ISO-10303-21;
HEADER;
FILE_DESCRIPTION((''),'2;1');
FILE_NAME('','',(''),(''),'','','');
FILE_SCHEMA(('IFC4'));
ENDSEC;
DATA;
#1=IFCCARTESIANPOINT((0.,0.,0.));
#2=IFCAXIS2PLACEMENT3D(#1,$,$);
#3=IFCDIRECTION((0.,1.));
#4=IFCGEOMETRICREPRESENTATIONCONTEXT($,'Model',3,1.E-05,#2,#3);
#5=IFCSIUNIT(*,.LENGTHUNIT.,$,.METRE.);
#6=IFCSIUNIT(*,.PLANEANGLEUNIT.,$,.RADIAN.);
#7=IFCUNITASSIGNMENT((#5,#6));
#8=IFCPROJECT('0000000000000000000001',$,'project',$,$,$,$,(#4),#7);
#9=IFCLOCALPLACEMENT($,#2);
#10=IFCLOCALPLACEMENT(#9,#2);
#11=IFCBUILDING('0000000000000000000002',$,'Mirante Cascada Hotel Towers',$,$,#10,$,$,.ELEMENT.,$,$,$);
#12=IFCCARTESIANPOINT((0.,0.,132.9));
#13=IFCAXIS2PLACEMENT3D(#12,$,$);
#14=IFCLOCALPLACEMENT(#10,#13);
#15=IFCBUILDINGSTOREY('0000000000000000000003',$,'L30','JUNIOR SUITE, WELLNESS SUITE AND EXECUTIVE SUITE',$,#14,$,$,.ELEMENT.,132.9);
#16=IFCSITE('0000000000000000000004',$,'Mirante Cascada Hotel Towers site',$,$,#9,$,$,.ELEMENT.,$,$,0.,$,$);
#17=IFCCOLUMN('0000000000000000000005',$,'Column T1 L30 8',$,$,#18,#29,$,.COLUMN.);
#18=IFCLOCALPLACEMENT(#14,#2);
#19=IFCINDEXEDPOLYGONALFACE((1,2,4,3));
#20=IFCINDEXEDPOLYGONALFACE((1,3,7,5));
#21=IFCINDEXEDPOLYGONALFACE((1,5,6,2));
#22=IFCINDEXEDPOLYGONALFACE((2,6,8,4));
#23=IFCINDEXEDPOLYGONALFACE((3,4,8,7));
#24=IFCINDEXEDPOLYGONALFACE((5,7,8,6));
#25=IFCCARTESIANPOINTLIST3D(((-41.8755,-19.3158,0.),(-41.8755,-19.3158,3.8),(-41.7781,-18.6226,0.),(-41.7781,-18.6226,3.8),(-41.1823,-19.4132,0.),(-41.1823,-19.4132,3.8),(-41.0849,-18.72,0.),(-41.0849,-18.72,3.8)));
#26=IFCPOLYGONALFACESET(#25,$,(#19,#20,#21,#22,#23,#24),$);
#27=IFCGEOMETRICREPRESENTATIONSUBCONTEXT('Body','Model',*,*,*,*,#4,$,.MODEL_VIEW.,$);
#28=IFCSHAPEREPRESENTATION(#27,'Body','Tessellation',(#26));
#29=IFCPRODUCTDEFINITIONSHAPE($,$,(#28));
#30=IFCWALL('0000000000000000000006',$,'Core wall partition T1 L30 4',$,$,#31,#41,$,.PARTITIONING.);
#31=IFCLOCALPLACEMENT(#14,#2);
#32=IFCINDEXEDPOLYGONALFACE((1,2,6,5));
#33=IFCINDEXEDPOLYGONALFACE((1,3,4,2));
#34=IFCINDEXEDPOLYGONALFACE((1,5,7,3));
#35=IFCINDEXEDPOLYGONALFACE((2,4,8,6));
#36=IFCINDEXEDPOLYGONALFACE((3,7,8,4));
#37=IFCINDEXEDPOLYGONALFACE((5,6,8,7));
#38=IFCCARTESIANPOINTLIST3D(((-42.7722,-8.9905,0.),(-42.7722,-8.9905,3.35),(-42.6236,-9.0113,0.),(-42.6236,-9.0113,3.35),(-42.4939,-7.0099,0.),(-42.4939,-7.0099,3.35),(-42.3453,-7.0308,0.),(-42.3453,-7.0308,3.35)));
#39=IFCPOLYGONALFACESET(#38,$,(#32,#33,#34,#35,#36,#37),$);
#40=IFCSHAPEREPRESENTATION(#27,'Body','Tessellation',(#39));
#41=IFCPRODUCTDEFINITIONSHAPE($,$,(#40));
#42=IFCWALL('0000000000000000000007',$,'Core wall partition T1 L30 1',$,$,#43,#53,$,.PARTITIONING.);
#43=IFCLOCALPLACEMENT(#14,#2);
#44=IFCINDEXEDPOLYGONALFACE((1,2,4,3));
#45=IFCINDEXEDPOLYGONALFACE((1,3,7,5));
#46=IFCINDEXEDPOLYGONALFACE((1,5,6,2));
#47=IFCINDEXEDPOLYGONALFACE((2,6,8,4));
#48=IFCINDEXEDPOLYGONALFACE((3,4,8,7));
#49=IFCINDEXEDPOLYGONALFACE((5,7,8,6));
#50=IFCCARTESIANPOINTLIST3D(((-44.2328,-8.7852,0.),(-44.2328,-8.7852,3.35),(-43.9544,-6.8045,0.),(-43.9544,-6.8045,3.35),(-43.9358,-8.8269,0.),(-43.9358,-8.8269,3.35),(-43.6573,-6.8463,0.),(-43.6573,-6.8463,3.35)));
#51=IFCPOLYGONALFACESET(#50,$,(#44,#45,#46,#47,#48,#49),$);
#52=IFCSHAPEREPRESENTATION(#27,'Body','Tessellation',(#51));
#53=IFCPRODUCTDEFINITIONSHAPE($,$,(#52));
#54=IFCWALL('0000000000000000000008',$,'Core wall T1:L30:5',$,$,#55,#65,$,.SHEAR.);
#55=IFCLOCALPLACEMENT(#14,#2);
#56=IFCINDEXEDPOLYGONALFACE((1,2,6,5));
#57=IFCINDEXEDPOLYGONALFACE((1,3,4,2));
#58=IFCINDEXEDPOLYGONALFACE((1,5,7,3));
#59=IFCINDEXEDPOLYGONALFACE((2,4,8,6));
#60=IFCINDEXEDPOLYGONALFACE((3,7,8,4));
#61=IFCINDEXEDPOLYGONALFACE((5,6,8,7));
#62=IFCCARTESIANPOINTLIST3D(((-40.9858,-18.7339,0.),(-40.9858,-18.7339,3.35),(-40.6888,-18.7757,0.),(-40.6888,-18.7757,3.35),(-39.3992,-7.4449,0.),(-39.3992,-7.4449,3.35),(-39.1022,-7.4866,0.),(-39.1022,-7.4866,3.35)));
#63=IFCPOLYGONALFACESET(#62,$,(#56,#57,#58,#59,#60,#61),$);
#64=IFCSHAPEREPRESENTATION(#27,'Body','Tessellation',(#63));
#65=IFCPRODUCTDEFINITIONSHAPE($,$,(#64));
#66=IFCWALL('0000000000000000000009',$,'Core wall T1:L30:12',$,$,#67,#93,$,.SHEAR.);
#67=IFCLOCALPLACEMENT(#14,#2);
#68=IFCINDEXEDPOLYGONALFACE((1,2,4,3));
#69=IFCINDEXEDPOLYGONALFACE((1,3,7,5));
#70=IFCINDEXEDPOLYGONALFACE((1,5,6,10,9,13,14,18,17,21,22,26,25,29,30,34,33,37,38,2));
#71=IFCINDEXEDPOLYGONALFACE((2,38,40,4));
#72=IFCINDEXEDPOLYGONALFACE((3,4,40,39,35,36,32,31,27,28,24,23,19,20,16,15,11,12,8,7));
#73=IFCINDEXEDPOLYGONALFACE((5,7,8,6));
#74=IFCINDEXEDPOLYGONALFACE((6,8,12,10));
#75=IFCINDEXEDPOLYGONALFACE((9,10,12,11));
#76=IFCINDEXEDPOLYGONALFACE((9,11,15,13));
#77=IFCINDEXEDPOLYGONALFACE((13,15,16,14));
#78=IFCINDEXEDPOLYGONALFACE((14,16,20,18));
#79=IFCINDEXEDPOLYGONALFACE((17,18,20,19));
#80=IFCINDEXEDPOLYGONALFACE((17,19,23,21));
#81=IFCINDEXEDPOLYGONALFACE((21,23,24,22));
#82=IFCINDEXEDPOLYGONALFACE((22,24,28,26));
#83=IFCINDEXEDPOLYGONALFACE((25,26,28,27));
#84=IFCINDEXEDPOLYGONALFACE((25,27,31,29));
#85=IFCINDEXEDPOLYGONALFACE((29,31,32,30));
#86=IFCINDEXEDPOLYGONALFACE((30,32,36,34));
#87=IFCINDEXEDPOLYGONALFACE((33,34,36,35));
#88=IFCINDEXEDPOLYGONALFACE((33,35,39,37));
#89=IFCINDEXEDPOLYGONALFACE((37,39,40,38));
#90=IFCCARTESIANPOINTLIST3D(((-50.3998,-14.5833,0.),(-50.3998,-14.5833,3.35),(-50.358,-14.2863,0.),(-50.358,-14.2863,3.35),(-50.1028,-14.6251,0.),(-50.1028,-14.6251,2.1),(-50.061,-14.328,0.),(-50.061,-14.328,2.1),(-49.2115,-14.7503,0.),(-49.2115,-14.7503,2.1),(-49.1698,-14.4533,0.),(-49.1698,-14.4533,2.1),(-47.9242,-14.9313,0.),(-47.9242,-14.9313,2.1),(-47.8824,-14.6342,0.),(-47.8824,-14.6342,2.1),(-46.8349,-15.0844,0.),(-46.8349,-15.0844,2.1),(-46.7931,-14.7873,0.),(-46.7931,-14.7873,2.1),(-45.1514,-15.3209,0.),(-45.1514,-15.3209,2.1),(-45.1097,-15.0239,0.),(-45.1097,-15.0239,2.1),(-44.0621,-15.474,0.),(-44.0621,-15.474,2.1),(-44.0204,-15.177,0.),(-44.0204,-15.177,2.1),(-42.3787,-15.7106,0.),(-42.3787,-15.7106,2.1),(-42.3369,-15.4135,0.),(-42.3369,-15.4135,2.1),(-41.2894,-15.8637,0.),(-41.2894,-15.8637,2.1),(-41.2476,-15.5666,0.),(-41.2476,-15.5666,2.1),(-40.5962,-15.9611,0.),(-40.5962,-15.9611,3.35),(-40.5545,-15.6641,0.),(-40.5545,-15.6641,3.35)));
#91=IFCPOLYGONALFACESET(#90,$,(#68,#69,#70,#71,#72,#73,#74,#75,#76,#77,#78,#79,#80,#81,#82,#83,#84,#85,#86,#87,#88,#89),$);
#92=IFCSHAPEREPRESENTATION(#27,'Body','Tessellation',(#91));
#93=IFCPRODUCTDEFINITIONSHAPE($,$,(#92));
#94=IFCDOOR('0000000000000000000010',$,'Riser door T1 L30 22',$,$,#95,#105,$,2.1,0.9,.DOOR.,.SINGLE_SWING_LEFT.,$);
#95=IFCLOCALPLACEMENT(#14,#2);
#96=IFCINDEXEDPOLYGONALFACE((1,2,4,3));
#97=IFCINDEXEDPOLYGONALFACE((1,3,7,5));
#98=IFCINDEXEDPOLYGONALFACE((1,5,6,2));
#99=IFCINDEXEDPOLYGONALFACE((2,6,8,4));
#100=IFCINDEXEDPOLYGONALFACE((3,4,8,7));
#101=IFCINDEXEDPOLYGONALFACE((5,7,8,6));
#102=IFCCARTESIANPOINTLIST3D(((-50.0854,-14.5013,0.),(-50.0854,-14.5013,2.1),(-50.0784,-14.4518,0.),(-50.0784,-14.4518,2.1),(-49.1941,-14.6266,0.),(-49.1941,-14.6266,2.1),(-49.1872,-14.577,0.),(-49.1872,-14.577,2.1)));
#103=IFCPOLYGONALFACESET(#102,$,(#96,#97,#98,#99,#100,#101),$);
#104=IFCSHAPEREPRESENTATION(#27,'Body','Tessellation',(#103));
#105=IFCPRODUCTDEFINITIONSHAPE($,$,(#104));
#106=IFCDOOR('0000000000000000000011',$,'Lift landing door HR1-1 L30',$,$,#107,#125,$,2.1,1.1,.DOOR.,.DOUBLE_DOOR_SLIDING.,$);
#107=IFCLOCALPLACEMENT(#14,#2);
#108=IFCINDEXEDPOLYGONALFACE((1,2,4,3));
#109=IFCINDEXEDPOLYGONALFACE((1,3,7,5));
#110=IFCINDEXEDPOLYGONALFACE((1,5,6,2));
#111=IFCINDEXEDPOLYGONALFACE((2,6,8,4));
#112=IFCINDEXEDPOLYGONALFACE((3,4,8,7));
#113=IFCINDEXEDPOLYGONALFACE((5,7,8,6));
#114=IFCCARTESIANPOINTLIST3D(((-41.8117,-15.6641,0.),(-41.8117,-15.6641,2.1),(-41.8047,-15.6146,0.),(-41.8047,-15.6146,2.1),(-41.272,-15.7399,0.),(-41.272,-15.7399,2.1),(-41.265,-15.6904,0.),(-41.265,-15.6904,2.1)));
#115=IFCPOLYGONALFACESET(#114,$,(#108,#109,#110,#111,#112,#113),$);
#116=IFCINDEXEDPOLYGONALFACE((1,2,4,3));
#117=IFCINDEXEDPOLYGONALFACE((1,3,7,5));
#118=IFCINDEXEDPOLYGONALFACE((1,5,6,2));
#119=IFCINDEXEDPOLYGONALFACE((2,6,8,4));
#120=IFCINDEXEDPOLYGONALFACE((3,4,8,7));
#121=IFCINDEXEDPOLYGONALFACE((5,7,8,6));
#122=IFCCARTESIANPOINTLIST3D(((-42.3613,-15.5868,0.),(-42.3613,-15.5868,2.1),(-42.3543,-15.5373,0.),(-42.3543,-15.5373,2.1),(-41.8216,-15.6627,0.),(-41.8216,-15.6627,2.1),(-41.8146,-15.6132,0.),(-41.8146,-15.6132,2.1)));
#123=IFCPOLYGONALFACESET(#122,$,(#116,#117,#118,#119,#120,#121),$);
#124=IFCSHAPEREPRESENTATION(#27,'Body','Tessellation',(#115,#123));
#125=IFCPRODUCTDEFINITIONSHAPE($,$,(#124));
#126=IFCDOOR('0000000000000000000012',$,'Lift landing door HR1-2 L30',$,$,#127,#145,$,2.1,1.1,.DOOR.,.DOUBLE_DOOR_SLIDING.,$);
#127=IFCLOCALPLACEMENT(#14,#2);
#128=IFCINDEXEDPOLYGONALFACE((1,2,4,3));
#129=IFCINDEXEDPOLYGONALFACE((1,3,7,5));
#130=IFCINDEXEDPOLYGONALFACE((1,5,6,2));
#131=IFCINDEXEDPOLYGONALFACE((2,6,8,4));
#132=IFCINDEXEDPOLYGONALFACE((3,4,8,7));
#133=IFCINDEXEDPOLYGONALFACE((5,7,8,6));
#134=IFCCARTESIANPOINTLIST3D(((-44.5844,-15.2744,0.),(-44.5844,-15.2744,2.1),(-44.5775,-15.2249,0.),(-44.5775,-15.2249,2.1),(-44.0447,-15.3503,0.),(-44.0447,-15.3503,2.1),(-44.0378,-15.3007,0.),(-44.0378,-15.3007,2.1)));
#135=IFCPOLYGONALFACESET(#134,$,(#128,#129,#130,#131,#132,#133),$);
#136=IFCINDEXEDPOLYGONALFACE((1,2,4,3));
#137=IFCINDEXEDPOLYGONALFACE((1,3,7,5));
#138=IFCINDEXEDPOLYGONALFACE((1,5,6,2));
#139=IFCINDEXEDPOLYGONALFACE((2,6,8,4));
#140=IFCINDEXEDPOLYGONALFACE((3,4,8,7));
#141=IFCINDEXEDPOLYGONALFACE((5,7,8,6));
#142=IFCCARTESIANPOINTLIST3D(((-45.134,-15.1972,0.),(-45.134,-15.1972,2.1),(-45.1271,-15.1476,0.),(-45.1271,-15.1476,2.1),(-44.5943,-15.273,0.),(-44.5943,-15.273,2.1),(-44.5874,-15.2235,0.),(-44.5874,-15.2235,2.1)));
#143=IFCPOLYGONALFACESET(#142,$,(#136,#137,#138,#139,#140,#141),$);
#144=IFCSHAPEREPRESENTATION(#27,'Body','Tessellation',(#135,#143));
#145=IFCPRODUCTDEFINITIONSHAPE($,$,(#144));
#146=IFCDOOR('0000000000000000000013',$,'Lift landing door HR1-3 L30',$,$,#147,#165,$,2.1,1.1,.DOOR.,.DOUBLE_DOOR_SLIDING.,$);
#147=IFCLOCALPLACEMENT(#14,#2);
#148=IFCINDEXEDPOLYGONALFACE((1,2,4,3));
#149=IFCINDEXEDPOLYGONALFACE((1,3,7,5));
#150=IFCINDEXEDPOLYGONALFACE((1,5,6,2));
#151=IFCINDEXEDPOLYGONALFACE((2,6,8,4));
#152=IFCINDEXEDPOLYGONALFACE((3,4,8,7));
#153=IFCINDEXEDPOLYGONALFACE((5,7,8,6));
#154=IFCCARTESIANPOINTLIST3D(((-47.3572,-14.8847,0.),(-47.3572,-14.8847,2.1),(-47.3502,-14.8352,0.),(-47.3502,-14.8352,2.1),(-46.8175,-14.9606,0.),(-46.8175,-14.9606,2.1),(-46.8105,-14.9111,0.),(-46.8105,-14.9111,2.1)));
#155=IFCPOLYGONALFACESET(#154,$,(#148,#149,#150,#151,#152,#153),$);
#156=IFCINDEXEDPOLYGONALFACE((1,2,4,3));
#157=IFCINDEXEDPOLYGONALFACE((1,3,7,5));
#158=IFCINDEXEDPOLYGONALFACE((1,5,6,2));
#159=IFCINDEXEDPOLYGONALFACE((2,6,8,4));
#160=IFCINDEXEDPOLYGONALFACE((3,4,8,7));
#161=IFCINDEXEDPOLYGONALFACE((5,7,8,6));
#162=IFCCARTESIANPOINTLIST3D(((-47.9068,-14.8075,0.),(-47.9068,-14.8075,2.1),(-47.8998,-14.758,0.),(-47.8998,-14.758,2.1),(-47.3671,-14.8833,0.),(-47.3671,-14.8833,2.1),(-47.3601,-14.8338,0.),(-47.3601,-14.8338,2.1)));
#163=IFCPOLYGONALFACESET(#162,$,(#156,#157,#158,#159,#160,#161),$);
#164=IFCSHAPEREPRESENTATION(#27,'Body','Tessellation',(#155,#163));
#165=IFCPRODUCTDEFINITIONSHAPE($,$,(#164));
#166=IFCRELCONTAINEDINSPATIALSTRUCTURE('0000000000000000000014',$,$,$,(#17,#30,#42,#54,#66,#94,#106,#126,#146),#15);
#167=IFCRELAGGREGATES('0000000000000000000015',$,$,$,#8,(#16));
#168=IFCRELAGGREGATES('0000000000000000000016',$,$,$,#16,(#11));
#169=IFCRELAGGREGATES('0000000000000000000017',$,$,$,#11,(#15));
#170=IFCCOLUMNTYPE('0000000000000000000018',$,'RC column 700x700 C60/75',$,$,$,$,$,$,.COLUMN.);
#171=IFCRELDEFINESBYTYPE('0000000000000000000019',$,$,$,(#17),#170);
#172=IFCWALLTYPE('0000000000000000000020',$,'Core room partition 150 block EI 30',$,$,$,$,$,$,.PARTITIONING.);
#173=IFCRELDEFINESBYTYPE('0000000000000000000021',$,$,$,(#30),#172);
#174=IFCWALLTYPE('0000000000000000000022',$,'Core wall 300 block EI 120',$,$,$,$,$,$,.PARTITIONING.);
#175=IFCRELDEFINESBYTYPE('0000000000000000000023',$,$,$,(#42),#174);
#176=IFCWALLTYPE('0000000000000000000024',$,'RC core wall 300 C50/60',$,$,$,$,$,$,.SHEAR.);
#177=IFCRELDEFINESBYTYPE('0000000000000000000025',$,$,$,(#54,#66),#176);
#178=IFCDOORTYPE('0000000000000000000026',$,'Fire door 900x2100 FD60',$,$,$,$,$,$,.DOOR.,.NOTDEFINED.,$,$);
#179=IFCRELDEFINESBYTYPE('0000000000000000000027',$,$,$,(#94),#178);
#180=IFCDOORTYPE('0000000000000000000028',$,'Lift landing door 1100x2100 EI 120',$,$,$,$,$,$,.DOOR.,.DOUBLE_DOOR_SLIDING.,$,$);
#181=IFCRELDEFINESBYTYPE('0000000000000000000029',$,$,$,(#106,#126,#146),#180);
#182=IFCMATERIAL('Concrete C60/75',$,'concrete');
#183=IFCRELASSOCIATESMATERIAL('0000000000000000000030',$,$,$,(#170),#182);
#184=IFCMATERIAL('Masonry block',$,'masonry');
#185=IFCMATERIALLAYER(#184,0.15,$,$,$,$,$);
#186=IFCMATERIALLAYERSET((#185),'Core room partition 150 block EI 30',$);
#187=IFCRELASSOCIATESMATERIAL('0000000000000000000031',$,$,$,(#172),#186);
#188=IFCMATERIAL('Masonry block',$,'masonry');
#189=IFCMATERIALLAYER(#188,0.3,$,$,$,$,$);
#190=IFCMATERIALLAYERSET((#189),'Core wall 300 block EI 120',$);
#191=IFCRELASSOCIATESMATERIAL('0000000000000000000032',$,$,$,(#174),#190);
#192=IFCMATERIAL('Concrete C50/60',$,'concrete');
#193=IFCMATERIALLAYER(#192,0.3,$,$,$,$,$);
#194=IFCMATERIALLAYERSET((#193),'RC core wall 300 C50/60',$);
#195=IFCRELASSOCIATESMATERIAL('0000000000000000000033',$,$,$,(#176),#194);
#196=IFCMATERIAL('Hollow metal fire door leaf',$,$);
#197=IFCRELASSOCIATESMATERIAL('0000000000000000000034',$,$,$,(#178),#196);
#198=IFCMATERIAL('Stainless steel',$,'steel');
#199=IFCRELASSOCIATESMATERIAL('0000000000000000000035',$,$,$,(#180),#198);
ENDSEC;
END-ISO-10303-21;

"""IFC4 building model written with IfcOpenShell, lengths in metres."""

from ifc_helpers import new_model, si_unit, direction, frame, frame_2d, origin, origin_2d, place, context, subcontext, project, spatial, rectangle, extrude, material, layer, layer_set, material_profile, profile_set, type_object, element, fill, save


model = new_model("IFC4")

# Units and contexts
model_context = context("Model", 3, precision=1e-05, world=origin(), true_north=direction((0.0, 1.0)))
body_context = subcontext(model_context, "Body", "Model", "MODEL_VIEW")
ifc_project = project(units=[si_unit("LENGTHUNIT", "METRE"), si_unit("PLANEANGLEUNIT", "RADIAN")], contexts=[model_context])

# Site, building, storey
site_placement = place(None, origin())
site = spatial("IfcSite", under=ifc_project, at=site_placement, Name="Mirante Cascada Hotel Towers site", CompositionType="ELEMENT", RefElevation=0.0)
building_placement = place(site_placement, origin())
building = spatial("IfcBuilding", under=site, at=building_placement, Name="Mirante Cascada Hotel Towers", CompositionType="ELEMENT")
storey_placement = place(building_placement, frame((0.0, 0.0, 132.9)))
storey = spatial("IfcBuildingStorey", under=building, at=storey_placement, Name="L30", Description="JUNIOR SUITE, WELLNESS SUITE AND EXECUTIVE SUITE", CompositionType="ELEMENT", Elevation=132.9)

# Column
ifc_material_1 = material(Name="Concrete C60/75", Category="concrete")
ifc_material_profile = material_profile(ifc_material_1, rectangle(XDim=0.7, YDim=0.7, at=origin_2d()), Name="RC column 700x700 C60/75")
ifc_profile_set = profile_set([ifc_material_profile], Name="Concrete C60/75")
column_type = type_object("IfcColumnType", Name="RC column 700x700 C60/75", PredefinedType="COLUMN", material=ifc_profile_set)
column_placement = place(storey_placement, frame((-41.4802, -19.0179, 0.0), z_axis=(0.0, 0.0, 1.0), x_axis=(-0.990268, 0.139173, 0.0)))
element("IfcColumn", 1, at=column_placement, inside=storey, type_object=column_type, Name="Column T1 L30 8", PredefinedType="COLUMN", context=body_context, shape_type="SweptSolid", body=[
    extrude(rectangle(XDim=0.7, YDim=0.7, at=origin_2d()), origin(), (0.0, 0.0, 1.0), 3.8),
])

# Walls
ifc_material_2 = material(Name="Masonry block", Category="masonry")
ifc_layer_1 = layer(ifc_material_2, 0.15)
ifc_layer_set_1 = layer_set([ifc_layer_1], Name="Core room partition 150 block EI 30")
wall_type_1 = type_object("IfcWallType", Name="Core room partition 150 block EI 30", PredefinedType="PARTITIONING", material=ifc_layer_set_1)
wall_1_placement = place(storey_placement, frame((-42.6979, -9.0009, 0.0), z_axis=(0.0, 0.0, 1.0), x_axis=(0.139153, 0.990271, 0.0)))
element("IfcWall", 2, at=wall_1_placement, inside=storey, type_object=wall_type_1, Name="Core wall partition T1 L30 4", PredefinedType="PARTITIONING", context=body_context, shape_type="SweptSolid", body=[
    extrude(rectangle(XDim=2.0, YDim=0.15, at=frame_2d((1.0, 0.0))), origin(), (0.0, 0.0, 1.0), 3.35),
])
ifc_material_3 = material(Name="Masonry block", Category="masonry")
ifc_layer_2 = layer(ifc_material_3, 0.3)
ifc_layer_set_2 = layer_set([ifc_layer_2], Name="Core wall 300 block EI 120")
wall_type_2 = type_object("IfcWallType", Name="Core wall 300 block EI 120", PredefinedType="PARTITIONING", material=ifc_layer_set_2)
wall_2_placement = place(storey_placement, frame((-44.0843, -8.8061, 0.0), z_axis=(0.0, 0.0, 1.0), x_axis=(0.139195, 0.990265, 0.0)))
element("IfcWall", 3, at=wall_2_placement, inside=storey, type_object=wall_type_2, Name="Core wall partition T1 L30 1", PredefinedType="PARTITIONING", context=body_context, shape_type="SweptSolid", body=[
    extrude(rectangle(XDim=2.0001, YDim=0.3, at=frame_2d((1.0001, 0.0))), origin(), (0.0, 0.0, 1.0), 3.35),
])
ifc_material_4 = material(Name="Concrete C50/60", Category="concrete")
ifc_layer_3 = layer(ifc_material_4, 0.3)
ifc_layer_set_3 = layer_set([ifc_layer_3], Name="RC core wall 300 C50/60")
wall_type_3 = type_object("IfcWallType", Name="RC core wall 300 C50/60", PredefinedType="SHEAR", material=ifc_layer_set_3)
wall_3_placement = place(storey_placement, frame((-40.8373, -18.7548, 0.0), z_axis=(0.0, 0.0, 1.0), x_axis=(0.139175, 0.990268, 0.0)))
element("IfcWall", 4, at=wall_3_placement, inside=storey, type_object=wall_type_3, Name="Core wall T1:L30:5", PredefinedType="SHEAR", context=body_context, shape_type="SweptSolid", body=[
    extrude(rectangle(XDim=11.4, YDim=0.3, at=frame_2d((5.7, 0.0))), origin(), (0.0, 0.0, 1.0), 3.35),
])

# Wall, openings, doors
wall_4_placement = place(storey_placement, frame((-40.5753, -15.8126, 0.0), z_axis=(0.0, 0.0, 1.0), x_axis=(-0.990268, 0.139173, 0.0)))
wall_4 = element("IfcWall", 5, at=wall_4_placement, inside=storey, type_object=wall_type_3, Name="Core wall T1:L30:12", PredefinedType="SHEAR", context=body_context, shape_type="SweptSolid", body=[
    extrude(rectangle(XDim=9.8999, YDim=0.3, at=frame_2d((4.95, 0.0))), origin(), (0.0, 0.0, 1.0), 3.35),
])
opening_1_placement = place(wall_4_placement, frame((0.7, 0.0, 0.0)))
opening_1 = element("IfcOpeningElement", 6, at=opening_1_placement, cuts=wall_4, PredefinedType="OPENING", context=body_context, shape_type="SweptSolid", body=[
    extrude(rectangle(XDim=1.1, YDim=2.1, at=frame_2d((0.55, 1.05))), frame((0.0, 0.15, 0.0), z_axis=(0.0, -1.0, 0.0), x_axis=(1.0, 0.0, 0.0)), (0.0, 0.0, 1.0), 0.3),
])
opening_2_placement = place(wall_4_placement, frame((3.5, 0.0, 0.0)))
opening_2 = element("IfcOpeningElement", 7, at=opening_2_placement, cuts=wall_4, PredefinedType="OPENING", context=body_context, shape_type="SweptSolid", body=[
    extrude(rectangle(XDim=1.1, YDim=2.1, at=frame_2d((0.55, 1.05))), frame((0.0, 0.15, 0.0), z_axis=(0.0, -1.0, 0.0), x_axis=(1.0, 0.0, 0.0)), (0.0, 0.0, 1.0), 0.3),
])
opening_3_placement = place(wall_4_placement, frame((6.3, 0.0, 0.0)))
opening_3 = element("IfcOpeningElement", 8, at=opening_3_placement, cuts=wall_4, PredefinedType="OPENING", context=body_context, shape_type="SweptSolid", body=[
    extrude(rectangle(XDim=1.1, YDim=2.1, at=frame_2d((0.55, 1.05))), frame((0.0, 0.15, 0.0), z_axis=(0.0, -1.0, 0.0), x_axis=(1.0, 0.0, 0.0)), (0.0, 0.0, 1.0), 0.3),
])
opening_4_placement = place(wall_4_placement, frame((8.7, 0.0, 0.0)))
opening_4 = element("IfcOpeningElement", 9, at=opening_4_placement, cuts=wall_4, PredefinedType="OPENING", context=body_context, shape_type="SweptSolid", body=[
    extrude(rectangle(XDim=0.9, YDim=2.1, at=frame_2d((0.45, 1.05))), frame((0.0, 0.15, 0.0), z_axis=(0.0, -1.0, 0.0), x_axis=(1.0, 0.0, 0.0)), (0.0, 0.0, 1.0), 0.3),
])
ifc_material_5 = material(Name="Hollow metal fire door leaf")
door_type_1 = type_object("IfcDoorType", Name="Fire door 900x2100 FD60", OperationType="NOTDEFINED", PredefinedType="DOOR", material=ifc_material_5)
door_1_placement = place(opening_4_placement, origin())
door_1 = element("IfcDoor", 10, at=door_1_placement, inside=storey, type_object=door_type_1, Name="Riser door T1 L30 22", OperationType="SINGLE_SWING_LEFT", OverallHeight=2.1, OverallWidth=0.9, PredefinedType="DOOR", context=body_context, shape_type="SweptSolid", body=[
    extrude(rectangle(XDim=0.9, YDim=2.1, at=frame_2d((0.45, 1.05))), frame((0.0, 0.025, 0.0), z_axis=(0.0, -1.0, 0.0), x_axis=(1.0, 0.0, 0.0)), (0.0, 0.0, 1.0), 0.05),
])
fill(opening_4, door_1)
ifc_material_6 = material(Name="Stainless steel", Category="steel")
door_type_2 = type_object("IfcDoorType", Name="Lift landing door 1100x2100 EI 120", OperationType="DOUBLE_DOOR_SLIDING", PredefinedType="DOOR", material=ifc_material_6)
door_2_placement = place(opening_1_placement, origin())
door_2 = element("IfcDoor", 11, at=door_2_placement, inside=storey, type_object=door_type_2, Name="Lift landing door HR1-1 L30", OperationType="DOUBLE_DOOR_SLIDING", OverallHeight=2.1, OverallWidth=1.1, PredefinedType="DOOR", context=body_context, shape_type="SweptSolid", body=[
    extrude(rectangle(XDim=0.545, YDim=2.1, at=frame_2d((0.2725, 1.05))), frame((0.0, 0.025, 0.0), z_axis=(0.0, -1.0, 0.0), x_axis=(1.0, 0.0, 0.0)), (0.0, 0.0, 1.0), 0.05),
    extrude(rectangle(XDim=0.545, YDim=2.1, at=frame_2d((0.8275, 1.05))), frame((0.0, 0.025, 0.0), z_axis=(0.0, -1.0, 0.0), x_axis=(1.0, 0.0, 0.0)), (0.0, 0.0, 1.0), 0.05),
])
fill(opening_1, door_2)
door_3_placement = place(opening_2_placement, origin())
door_3 = element("IfcDoor", 12, at=door_3_placement, inside=storey, type_object=door_type_2, Name="Lift landing door HR1-2 L30", OperationType="DOUBLE_DOOR_SLIDING", OverallHeight=2.1, OverallWidth=1.1, PredefinedType="DOOR", context=body_context, shape_type="SweptSolid", body=[
    extrude(rectangle(XDim=0.545, YDim=2.1, at=frame_2d((0.2725, 1.05))), frame((0.0, 0.025, 0.0), z_axis=(0.0, -1.0, 0.0), x_axis=(1.0, 0.0, 0.0)), (0.0, 0.0, 1.0), 0.05),
    extrude(rectangle(XDim=0.545, YDim=2.1, at=frame_2d((0.8275, 1.05))), frame((0.0, 0.025, 0.0), z_axis=(0.0, -1.0, 0.0), x_axis=(1.0, 0.0, 0.0)), (0.0, 0.0, 1.0), 0.05),
])
fill(opening_2, door_3)
door_4_placement = place(opening_3_placement, origin())
door_4 = element("IfcDoor", 13, at=door_4_placement, inside=storey, type_object=door_type_2, Name="Lift landing door HR1-3 L30", OperationType="DOUBLE_DOOR_SLIDING", OverallHeight=2.1, OverallWidth=1.1, PredefinedType="DOOR", context=body_context, shape_type="SweptSolid", body=[
    extrude(rectangle(XDim=0.545, YDim=2.1, at=frame_2d((0.2725, 1.05))), frame((0.0, 0.025, 0.0), z_axis=(0.0, -1.0, 0.0), x_axis=(1.0, 0.0, 0.0)), (0.0, 0.0, 1.0), 0.05),
    extrude(rectangle(XDim=0.545, YDim=2.1, at=frame_2d((0.8275, 1.05))), frame((0.0, 0.025, 0.0), z_axis=(0.0, -1.0, 0.0), x_axis=(1.0, 0.0, 0.0)), (0.0, 0.0, 1.0), 0.05),
])
fill(opening_3, door_4)

save(model, "model.ifc")
